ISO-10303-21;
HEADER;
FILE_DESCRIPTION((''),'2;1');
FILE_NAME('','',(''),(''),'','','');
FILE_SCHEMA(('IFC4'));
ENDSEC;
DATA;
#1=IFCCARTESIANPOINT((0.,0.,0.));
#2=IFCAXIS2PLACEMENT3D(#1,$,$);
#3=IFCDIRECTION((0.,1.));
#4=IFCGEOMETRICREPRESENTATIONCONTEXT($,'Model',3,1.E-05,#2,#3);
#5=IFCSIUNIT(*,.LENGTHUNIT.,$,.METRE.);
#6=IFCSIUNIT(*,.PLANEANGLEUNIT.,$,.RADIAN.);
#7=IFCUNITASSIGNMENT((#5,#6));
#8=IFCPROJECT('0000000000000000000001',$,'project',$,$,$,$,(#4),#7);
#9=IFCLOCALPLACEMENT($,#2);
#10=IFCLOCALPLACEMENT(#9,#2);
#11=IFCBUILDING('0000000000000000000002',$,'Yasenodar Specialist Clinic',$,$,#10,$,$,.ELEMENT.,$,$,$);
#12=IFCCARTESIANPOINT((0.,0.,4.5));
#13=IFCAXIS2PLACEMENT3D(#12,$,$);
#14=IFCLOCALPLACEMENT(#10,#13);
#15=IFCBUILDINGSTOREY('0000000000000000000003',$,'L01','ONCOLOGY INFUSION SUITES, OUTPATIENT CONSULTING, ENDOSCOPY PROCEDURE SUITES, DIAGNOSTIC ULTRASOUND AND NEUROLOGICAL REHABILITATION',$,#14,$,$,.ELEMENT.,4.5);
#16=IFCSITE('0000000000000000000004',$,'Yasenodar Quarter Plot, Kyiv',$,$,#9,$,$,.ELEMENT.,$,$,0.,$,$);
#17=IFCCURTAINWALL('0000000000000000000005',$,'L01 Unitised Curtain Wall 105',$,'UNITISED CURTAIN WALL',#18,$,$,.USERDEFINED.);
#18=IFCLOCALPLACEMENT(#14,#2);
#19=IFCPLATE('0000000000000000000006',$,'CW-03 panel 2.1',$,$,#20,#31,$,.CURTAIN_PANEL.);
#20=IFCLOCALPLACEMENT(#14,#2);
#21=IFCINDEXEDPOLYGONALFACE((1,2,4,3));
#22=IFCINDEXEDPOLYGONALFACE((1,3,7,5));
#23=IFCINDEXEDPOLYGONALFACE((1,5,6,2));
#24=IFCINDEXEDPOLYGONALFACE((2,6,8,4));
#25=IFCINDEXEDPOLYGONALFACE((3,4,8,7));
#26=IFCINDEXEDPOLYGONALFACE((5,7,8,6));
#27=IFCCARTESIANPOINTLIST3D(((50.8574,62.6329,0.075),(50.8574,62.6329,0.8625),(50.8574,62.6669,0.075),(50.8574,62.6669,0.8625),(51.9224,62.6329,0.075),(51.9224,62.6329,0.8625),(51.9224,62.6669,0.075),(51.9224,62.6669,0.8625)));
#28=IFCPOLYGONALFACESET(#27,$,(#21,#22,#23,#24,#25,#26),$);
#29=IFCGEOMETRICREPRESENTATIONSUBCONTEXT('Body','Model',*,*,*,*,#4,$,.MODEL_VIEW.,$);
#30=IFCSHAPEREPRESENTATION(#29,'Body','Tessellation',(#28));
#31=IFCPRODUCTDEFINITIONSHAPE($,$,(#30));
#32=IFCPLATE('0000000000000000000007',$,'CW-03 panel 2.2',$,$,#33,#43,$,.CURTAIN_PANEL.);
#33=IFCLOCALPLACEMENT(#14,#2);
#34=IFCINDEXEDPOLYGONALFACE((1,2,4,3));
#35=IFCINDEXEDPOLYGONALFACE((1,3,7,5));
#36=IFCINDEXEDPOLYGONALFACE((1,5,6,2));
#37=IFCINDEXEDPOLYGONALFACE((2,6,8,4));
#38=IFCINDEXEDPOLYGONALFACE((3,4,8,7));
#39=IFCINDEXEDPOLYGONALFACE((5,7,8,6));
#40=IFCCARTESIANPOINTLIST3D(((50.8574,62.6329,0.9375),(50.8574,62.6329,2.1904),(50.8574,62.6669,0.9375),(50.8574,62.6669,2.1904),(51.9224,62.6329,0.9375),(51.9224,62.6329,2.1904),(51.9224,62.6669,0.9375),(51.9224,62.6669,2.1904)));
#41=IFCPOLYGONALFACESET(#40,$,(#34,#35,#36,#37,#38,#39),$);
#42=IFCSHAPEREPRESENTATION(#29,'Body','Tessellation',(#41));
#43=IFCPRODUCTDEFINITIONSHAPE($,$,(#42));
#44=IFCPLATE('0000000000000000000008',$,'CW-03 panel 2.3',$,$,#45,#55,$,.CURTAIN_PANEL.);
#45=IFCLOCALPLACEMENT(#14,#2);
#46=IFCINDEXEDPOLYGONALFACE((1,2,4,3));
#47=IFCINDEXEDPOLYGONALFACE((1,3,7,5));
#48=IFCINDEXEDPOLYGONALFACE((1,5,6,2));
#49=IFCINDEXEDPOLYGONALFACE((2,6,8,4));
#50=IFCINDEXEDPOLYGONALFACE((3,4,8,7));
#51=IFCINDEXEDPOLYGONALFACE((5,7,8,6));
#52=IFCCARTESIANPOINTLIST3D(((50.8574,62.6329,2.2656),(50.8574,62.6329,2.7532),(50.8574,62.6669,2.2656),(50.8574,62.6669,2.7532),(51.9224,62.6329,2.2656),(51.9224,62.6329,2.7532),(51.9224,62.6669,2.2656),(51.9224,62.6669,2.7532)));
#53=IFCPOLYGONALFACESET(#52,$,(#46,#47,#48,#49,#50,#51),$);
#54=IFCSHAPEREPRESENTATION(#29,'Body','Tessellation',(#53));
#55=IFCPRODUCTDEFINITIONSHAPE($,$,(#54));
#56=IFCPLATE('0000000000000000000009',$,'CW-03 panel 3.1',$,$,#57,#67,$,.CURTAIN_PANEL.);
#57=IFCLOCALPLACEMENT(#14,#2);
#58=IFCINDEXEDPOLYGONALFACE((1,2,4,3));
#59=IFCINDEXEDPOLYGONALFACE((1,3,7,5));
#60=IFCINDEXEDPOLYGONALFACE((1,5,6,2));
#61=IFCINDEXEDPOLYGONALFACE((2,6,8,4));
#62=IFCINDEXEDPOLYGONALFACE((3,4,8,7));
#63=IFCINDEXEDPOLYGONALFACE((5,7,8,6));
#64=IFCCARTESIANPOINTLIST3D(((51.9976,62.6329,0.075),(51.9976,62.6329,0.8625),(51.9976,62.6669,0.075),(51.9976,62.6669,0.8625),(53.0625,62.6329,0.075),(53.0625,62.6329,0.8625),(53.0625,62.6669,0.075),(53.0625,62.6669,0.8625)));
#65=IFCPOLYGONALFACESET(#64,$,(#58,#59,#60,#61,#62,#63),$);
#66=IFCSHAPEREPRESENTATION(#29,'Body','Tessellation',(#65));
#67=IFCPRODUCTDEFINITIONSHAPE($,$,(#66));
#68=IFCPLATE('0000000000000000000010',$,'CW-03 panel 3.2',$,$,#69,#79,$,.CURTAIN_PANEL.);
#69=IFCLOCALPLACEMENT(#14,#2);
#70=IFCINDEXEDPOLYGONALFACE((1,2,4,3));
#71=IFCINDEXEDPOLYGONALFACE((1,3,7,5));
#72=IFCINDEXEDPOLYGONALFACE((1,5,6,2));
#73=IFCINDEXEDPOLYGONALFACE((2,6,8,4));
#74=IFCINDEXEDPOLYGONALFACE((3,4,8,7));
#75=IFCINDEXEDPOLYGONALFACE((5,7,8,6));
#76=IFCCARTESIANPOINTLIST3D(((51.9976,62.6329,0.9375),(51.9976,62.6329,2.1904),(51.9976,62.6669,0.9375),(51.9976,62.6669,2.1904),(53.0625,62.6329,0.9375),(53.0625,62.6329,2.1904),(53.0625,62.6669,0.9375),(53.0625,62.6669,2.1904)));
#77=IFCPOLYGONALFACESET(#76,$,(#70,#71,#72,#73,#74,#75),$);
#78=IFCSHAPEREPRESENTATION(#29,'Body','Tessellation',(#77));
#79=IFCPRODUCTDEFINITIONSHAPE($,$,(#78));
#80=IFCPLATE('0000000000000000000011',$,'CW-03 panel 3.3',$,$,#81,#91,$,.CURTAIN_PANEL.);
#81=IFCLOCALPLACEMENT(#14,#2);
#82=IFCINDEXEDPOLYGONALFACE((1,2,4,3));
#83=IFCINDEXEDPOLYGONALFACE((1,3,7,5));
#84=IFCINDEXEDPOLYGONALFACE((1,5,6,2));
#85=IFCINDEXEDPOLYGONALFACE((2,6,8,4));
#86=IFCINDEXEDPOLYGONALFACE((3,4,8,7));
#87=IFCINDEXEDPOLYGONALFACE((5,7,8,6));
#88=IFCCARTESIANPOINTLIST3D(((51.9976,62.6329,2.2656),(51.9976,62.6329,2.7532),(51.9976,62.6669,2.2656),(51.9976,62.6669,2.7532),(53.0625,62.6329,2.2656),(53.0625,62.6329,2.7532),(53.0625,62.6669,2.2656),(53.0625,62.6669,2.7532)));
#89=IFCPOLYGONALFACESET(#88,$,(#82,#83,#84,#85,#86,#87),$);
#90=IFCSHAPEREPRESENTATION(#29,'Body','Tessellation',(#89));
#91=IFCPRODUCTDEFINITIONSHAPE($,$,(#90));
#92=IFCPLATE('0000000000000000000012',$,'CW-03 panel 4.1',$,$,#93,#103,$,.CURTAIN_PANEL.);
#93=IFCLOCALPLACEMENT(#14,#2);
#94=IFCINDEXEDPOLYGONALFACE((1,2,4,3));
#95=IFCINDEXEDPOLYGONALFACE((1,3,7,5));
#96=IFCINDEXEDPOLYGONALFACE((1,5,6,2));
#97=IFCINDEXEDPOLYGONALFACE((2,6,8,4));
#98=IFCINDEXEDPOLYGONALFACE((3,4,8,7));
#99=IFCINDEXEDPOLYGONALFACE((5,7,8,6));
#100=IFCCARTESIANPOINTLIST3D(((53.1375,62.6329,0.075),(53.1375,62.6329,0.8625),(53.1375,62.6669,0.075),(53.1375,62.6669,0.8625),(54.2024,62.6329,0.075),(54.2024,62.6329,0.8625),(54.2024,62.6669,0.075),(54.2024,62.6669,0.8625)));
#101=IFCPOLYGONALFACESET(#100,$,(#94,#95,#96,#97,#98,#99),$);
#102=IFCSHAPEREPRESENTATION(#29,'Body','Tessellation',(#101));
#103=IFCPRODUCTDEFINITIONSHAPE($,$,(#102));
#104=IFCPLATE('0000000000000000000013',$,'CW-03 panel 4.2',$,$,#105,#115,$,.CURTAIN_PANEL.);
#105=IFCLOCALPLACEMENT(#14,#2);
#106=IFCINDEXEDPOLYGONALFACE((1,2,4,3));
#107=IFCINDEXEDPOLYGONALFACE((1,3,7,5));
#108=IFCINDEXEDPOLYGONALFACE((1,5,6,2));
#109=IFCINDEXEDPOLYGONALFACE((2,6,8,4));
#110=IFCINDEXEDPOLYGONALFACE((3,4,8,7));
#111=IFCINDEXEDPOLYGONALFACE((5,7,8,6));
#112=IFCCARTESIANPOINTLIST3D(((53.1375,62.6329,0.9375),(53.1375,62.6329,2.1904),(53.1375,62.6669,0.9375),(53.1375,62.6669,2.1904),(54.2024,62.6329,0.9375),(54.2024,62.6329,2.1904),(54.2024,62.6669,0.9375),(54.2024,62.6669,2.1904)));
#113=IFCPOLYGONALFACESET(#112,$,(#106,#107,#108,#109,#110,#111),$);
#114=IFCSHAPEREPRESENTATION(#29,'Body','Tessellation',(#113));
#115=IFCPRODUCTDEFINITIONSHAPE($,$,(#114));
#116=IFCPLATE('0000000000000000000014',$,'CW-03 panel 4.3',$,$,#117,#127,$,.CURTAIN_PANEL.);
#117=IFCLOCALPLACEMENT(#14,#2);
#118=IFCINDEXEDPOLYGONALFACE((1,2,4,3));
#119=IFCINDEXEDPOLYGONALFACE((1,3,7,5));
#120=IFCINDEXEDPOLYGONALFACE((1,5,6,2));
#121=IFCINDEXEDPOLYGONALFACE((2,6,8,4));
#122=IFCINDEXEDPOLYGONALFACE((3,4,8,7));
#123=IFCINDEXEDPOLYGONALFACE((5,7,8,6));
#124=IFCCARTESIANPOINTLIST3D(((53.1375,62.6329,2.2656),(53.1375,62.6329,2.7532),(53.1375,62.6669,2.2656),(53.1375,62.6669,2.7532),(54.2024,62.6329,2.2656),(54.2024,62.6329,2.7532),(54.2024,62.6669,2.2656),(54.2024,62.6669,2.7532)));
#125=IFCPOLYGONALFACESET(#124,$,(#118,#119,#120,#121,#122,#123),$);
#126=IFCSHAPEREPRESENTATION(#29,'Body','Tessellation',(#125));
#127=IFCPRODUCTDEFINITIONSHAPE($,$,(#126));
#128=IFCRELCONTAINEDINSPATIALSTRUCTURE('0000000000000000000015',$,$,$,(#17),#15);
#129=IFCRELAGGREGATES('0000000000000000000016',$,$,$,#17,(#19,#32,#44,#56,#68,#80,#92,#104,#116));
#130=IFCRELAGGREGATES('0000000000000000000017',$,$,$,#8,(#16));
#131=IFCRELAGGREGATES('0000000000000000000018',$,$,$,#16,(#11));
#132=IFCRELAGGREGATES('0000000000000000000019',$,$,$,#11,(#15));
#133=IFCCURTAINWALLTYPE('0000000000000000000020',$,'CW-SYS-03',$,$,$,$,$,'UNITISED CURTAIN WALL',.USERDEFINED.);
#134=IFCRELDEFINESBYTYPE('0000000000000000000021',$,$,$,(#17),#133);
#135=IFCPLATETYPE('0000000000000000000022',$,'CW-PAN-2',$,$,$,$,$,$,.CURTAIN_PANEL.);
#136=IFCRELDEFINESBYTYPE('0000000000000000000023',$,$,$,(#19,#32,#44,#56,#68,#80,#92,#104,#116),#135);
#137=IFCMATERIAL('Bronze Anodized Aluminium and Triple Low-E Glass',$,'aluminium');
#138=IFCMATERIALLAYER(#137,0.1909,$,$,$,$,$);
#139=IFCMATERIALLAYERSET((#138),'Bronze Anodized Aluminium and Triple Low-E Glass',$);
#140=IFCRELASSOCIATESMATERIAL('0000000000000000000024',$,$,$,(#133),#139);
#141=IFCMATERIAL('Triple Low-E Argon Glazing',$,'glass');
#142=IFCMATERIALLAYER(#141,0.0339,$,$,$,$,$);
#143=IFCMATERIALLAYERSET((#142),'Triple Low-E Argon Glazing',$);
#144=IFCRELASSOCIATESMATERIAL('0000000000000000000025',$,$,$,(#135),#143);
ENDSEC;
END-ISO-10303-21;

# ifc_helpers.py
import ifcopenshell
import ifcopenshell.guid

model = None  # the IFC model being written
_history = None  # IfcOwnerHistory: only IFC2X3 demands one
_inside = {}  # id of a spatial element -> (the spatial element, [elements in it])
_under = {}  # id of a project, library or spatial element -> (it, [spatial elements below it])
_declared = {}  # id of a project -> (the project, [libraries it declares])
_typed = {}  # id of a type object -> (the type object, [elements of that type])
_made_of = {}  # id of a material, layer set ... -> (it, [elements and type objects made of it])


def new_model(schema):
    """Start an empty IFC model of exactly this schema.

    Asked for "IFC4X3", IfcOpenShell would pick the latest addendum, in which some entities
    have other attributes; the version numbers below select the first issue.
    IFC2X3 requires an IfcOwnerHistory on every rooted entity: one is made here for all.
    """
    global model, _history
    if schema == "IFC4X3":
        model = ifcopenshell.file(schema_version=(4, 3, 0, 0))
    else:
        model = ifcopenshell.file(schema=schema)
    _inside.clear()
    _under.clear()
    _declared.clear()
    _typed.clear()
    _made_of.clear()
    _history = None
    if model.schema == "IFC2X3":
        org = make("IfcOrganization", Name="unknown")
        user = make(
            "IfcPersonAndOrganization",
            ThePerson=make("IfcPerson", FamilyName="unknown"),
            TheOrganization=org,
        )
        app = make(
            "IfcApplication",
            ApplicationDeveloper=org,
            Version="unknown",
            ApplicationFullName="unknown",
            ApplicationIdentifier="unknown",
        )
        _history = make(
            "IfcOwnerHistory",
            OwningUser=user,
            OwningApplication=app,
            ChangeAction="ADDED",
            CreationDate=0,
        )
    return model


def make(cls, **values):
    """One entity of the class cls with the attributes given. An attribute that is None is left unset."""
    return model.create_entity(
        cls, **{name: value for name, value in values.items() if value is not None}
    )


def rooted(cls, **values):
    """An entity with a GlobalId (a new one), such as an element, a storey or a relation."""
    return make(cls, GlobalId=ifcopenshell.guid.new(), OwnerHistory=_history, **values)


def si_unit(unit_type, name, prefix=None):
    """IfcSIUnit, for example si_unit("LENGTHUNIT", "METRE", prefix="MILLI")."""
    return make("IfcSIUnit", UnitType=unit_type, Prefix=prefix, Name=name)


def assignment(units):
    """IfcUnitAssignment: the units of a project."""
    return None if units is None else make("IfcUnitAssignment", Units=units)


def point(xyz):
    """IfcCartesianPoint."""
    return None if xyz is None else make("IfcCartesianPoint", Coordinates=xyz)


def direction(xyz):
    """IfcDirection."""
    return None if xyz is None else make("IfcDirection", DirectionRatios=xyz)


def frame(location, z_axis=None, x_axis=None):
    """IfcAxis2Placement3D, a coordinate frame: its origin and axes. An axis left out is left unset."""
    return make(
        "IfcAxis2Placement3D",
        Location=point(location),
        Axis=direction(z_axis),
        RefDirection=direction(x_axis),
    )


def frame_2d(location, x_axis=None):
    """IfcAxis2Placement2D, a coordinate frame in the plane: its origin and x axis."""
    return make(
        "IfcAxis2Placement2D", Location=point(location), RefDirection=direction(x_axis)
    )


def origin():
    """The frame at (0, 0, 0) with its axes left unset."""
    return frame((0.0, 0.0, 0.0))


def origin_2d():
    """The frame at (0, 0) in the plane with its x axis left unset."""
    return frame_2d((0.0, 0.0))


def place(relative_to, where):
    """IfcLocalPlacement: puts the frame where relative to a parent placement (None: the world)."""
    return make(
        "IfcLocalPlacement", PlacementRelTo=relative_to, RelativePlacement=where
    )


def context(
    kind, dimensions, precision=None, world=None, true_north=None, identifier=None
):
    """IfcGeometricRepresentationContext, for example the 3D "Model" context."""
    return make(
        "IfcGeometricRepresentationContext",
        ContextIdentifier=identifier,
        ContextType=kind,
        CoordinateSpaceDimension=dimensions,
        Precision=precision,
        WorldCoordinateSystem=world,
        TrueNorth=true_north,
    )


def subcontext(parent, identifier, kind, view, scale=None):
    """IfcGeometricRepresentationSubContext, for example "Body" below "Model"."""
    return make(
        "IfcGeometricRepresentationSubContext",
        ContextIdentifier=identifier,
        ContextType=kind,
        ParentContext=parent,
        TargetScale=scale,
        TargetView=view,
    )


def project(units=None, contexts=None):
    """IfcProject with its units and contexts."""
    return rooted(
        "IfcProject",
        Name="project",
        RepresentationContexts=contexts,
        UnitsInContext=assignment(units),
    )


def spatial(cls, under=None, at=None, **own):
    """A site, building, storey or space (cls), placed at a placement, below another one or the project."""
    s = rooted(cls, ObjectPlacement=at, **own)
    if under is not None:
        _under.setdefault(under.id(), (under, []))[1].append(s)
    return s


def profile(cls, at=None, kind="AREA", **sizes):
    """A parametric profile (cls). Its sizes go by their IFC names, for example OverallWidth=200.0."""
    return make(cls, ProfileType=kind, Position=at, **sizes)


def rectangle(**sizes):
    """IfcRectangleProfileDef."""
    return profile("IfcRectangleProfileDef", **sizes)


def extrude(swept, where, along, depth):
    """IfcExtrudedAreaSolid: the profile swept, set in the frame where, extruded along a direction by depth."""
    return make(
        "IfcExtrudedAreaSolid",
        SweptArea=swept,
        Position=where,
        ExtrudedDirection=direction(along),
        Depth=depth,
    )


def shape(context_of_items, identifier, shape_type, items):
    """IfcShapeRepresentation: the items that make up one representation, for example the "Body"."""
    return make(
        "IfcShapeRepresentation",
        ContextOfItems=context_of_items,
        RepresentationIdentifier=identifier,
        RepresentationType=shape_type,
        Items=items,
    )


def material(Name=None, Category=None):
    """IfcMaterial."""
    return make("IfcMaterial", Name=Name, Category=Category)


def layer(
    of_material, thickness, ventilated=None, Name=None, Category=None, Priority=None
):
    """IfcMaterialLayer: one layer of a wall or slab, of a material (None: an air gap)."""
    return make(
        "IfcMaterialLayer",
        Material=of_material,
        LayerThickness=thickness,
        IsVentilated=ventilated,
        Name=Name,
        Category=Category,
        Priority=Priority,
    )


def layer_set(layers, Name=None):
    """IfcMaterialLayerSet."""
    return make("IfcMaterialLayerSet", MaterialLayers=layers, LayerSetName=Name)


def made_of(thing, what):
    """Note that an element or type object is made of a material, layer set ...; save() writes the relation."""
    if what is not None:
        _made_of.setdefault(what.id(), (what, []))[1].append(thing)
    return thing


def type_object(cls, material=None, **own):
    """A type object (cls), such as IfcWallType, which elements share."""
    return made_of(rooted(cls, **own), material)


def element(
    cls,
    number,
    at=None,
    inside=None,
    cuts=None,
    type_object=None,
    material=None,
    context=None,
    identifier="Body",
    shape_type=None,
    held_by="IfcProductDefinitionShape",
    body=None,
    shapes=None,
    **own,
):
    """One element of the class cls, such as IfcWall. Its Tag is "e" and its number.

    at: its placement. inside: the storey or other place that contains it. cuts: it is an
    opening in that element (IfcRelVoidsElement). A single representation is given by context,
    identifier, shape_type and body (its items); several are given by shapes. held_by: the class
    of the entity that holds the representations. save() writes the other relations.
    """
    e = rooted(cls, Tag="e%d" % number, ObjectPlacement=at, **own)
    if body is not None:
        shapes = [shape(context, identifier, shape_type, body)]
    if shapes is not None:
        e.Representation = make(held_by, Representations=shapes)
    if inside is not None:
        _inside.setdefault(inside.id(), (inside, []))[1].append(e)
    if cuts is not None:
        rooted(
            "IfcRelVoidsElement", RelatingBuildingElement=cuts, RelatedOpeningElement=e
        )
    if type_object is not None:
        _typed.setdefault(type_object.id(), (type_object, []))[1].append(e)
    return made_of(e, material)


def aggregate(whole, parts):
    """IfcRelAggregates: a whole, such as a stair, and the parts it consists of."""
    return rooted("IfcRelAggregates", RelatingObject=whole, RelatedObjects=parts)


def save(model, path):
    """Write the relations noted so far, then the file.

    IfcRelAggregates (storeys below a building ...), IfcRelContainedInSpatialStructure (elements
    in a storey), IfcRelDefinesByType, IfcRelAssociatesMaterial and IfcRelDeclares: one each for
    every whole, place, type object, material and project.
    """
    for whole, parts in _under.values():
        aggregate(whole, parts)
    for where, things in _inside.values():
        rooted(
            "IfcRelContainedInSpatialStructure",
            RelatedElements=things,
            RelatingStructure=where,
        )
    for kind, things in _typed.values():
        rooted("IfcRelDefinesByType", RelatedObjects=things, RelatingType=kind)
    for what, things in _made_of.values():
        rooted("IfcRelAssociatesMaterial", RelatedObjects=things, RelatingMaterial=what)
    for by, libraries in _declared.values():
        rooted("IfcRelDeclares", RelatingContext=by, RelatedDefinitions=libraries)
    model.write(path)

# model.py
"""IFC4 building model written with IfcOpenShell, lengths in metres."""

from ifc_helpers import new_model, si_unit, direction, frame, origin, origin_2d, place, context, subcontext, project, spatial, rectangle, extrude, material, layer, layer_set, type_object, element, aggregate, save


model = new_model("IFC4")

# Units and contexts
model_context = context("Model", 3, precision=1e-05, world=origin(), true_north=direction((0.0, 1.0)))
body_context = subcontext(model_context, "Body", "Model", "MODEL_VIEW")
ifc_project = project(units=[si_unit("LENGTHUNIT", "METRE"), si_unit("PLANEANGLEUNIT", "RADIAN")], contexts=[model_context])

# Site, building, storey
site_placement = place(None, origin())
site = spatial("IfcSite", under=ifc_project, at=site_placement, Name="Yasenodar Quarter Plot, Kyiv", CompositionType="ELEMENT", RefElevation=0.0)
building_placement = place(site_placement, origin())
building = spatial("IfcBuilding", under=site, at=building_placement, Name="Yasenodar Specialist Clinic", CompositionType="ELEMENT")
storey_placement = place(building_placement, frame((0.0, 0.0, 4.5)))
storey = spatial("IfcBuildingStorey", under=building, at=storey_placement, Name="L01", Description="ONCOLOGY INFUSION SUITES, OUTPATIENT CONSULTING, ENDOSCOPY PROCEDURE SUITES, DIAGNOSTIC ULTRASOUND AND NEUROLOGICAL REHABILITATION", CompositionType="ELEMENT", Elevation=4.5)

# Curtain wall, plates
ifc_material_1 = material(Name="Bronze Anodized Aluminium and Triple Low-E Glass", Category="aluminium")
ifc_layer_1 = layer(ifc_material_1, 0.1909)
ifc_layer_set_1 = layer_set([ifc_layer_1], Name="Bronze Anodized Aluminium and Triple Low-E Glass")
curtain_wall_type = type_object("IfcCurtainWallType", Name="CW-SYS-03", ElementType="UNITISED CURTAIN WALL", PredefinedType="USERDEFINED", material=ifc_layer_set_1)
curtain_wall_placement = place(storey_placement, origin())
curtain_wall = element("IfcCurtainWall", 1, at=curtain_wall_placement, inside=storey, type_object=curtain_wall_type, Name="L01 Unitised Curtain Wall 105", ObjectType="UNITISED CURTAIN WALL", PredefinedType="USERDEFINED")
ifc_material_2 = material(Name="Triple Low-E Argon Glazing", Category="glass")
ifc_layer_2 = layer(ifc_material_2, 0.0339)
ifc_layer_set_2 = layer_set([ifc_layer_2], Name="Triple Low-E Argon Glazing")
plate_type = type_object("IfcPlateType", Name="CW-PAN-2", PredefinedType="CURTAIN_PANEL", material=ifc_layer_set_2)
plate_1_placement = place(storey_placement, frame((51.3899, 62.6499, 0.075), z_axis=(0.0, 0.0, 1.0), x_axis=(1.0, 0.0, 0.0)))
plate_1 = element("IfcPlate", 2, at=plate_1_placement, type_object=plate_type, Name="CW-03 panel 2.1", PredefinedType="CURTAIN_PANEL", context=body_context, shape_type="SweptSolid", body=[
    extrude(rectangle(XDim=1.0649, YDim=0.0339, at=origin_2d()), origin(), (0.0, 0.0, 1.0), 0.7876),
])
plate_2_placement = place(storey_placement, frame((51.3899, 62.6499, 0.9375), z_axis=(0.0, 0.0, 1.0), x_axis=(1.0, 0.0, 0.0)))
plate_2 = element("IfcPlate", 3, at=plate_2_placement, type_object=plate_type, Name="CW-03 panel 2.2", PredefinedType="CURTAIN_PANEL", context=body_context, shape_type="SweptSolid", body=[
    extrude(rectangle(XDim=1.0649, YDim=0.0339, at=origin_2d()), origin(), (0.0, 0.0, 1.0), 1.2529),
])
plate_3_placement = place(storey_placement, frame((51.3899, 62.6499, 2.2656), z_axis=(0.0, 0.0, 1.0), x_axis=(1.0, 0.0, 0.0)))
plate_3 = element("IfcPlate", 4, at=plate_3_placement, type_object=plate_type, Name="CW-03 panel 2.3", PredefinedType="CURTAIN_PANEL", context=body_context, shape_type="SweptSolid", body=[
    extrude(rectangle(XDim=1.0649, YDim=0.0339, at=origin_2d()), origin(), (0.0, 0.0, 1.0), 0.4875),
])
plate_4_placement = place(storey_placement, frame((52.53, 62.6499, 0.075), z_axis=(0.0, 0.0, 1.0), x_axis=(1.0, 0.0, 0.0)))
plate_4 = element("IfcPlate", 5, at=plate_4_placement, type_object=plate_type, Name="CW-03 panel 3.1", PredefinedType="CURTAIN_PANEL", context=body_context, shape_type="SweptSolid", body=[
    extrude(rectangle(XDim=1.0649, YDim=0.0339, at=origin_2d()), origin(), (0.0, 0.0, 1.0), 0.7876),
])
plate_5_placement = place(storey_placement, frame((52.53, 62.6499, 0.9375), z_axis=(0.0, 0.0, 1.0), x_axis=(1.0, 0.0, 0.0)))
plate_5 = element("IfcPlate", 6, at=plate_5_placement, type_object=plate_type, Name="CW-03 panel 3.2", PredefinedType="CURTAIN_PANEL", context=body_context, shape_type="SweptSolid", body=[
    extrude(rectangle(XDim=1.0649, YDim=0.0339, at=origin_2d()), origin(), (0.0, 0.0, 1.0), 1.2529),
])
plate_6_placement = place(storey_placement, frame((52.53, 62.6499, 2.2656), z_axis=(0.0, 0.0, 1.0), x_axis=(1.0, 0.0, 0.0)))
plate_6 = element("IfcPlate", 7, at=plate_6_placement, type_object=plate_type, Name="CW-03 panel 3.3", PredefinedType="CURTAIN_PANEL", context=body_context, shape_type="SweptSolid", body=[
    extrude(rectangle(XDim=1.0649, YDim=0.0339, at=origin_2d()), origin(), (0.0, 0.0, 1.0), 0.4875),
])
plate_7_placement = place(storey_placement, frame((53.6699, 62.6499, 0.075), z_axis=(0.0, 0.0, 1.0), x_axis=(1.0, 0.0, 0.0)))
plate_7 = element("IfcPlate", 8, at=plate_7_placement, type_object=plate_type, Name="CW-03 panel 4.1", PredefinedType="CURTAIN_PANEL", context=body_context, shape_type="SweptSolid", body=[
    extrude(rectangle(XDim=1.0649, YDim=0.0339, at=origin_2d()), origin(), (0.0, 0.0, 1.0), 0.7876),
])
plate_8_placement = place(storey_placement, frame((53.6699, 62.6499, 0.9375), z_axis=(0.0, 0.0, 1.0), x_axis=(1.0, 0.0, 0.0)))
plate_8 = element("IfcPlate", 9, at=plate_8_placement, type_object=plate_type, Name="CW-03 panel 4.2", PredefinedType="CURTAIN_PANEL", context=body_context, shape_type="SweptSolid", body=[
    extrude(rectangle(XDim=1.0649, YDim=0.0339, at=origin_2d()), origin(), (0.0, 0.0, 1.0), 1.2529),
])
plate_9_placement = place(storey_placement, frame((53.6699, 62.6499, 2.2656), z_axis=(0.0, 0.0, 1.0), x_axis=(1.0, 0.0, 0.0)))
plate_9 = element("IfcPlate", 10, at=plate_9_placement, type_object=plate_type, Name="CW-03 panel 4.3", PredefinedType="CURTAIN_PANEL", context=body_context, shape_type="SweptSolid", body=[
    extrude(rectangle(XDim=1.0649, YDim=0.0339, at=origin_2d()), origin(), (0.0, 0.0, 1.0), 0.4875),
])
aggregate(curtain_wall, [plate_1, plate_2, plate_3, plate_4, plate_5, plate_6, plate_7, plate_8, plate_9])

save(model, "model.ifc")
